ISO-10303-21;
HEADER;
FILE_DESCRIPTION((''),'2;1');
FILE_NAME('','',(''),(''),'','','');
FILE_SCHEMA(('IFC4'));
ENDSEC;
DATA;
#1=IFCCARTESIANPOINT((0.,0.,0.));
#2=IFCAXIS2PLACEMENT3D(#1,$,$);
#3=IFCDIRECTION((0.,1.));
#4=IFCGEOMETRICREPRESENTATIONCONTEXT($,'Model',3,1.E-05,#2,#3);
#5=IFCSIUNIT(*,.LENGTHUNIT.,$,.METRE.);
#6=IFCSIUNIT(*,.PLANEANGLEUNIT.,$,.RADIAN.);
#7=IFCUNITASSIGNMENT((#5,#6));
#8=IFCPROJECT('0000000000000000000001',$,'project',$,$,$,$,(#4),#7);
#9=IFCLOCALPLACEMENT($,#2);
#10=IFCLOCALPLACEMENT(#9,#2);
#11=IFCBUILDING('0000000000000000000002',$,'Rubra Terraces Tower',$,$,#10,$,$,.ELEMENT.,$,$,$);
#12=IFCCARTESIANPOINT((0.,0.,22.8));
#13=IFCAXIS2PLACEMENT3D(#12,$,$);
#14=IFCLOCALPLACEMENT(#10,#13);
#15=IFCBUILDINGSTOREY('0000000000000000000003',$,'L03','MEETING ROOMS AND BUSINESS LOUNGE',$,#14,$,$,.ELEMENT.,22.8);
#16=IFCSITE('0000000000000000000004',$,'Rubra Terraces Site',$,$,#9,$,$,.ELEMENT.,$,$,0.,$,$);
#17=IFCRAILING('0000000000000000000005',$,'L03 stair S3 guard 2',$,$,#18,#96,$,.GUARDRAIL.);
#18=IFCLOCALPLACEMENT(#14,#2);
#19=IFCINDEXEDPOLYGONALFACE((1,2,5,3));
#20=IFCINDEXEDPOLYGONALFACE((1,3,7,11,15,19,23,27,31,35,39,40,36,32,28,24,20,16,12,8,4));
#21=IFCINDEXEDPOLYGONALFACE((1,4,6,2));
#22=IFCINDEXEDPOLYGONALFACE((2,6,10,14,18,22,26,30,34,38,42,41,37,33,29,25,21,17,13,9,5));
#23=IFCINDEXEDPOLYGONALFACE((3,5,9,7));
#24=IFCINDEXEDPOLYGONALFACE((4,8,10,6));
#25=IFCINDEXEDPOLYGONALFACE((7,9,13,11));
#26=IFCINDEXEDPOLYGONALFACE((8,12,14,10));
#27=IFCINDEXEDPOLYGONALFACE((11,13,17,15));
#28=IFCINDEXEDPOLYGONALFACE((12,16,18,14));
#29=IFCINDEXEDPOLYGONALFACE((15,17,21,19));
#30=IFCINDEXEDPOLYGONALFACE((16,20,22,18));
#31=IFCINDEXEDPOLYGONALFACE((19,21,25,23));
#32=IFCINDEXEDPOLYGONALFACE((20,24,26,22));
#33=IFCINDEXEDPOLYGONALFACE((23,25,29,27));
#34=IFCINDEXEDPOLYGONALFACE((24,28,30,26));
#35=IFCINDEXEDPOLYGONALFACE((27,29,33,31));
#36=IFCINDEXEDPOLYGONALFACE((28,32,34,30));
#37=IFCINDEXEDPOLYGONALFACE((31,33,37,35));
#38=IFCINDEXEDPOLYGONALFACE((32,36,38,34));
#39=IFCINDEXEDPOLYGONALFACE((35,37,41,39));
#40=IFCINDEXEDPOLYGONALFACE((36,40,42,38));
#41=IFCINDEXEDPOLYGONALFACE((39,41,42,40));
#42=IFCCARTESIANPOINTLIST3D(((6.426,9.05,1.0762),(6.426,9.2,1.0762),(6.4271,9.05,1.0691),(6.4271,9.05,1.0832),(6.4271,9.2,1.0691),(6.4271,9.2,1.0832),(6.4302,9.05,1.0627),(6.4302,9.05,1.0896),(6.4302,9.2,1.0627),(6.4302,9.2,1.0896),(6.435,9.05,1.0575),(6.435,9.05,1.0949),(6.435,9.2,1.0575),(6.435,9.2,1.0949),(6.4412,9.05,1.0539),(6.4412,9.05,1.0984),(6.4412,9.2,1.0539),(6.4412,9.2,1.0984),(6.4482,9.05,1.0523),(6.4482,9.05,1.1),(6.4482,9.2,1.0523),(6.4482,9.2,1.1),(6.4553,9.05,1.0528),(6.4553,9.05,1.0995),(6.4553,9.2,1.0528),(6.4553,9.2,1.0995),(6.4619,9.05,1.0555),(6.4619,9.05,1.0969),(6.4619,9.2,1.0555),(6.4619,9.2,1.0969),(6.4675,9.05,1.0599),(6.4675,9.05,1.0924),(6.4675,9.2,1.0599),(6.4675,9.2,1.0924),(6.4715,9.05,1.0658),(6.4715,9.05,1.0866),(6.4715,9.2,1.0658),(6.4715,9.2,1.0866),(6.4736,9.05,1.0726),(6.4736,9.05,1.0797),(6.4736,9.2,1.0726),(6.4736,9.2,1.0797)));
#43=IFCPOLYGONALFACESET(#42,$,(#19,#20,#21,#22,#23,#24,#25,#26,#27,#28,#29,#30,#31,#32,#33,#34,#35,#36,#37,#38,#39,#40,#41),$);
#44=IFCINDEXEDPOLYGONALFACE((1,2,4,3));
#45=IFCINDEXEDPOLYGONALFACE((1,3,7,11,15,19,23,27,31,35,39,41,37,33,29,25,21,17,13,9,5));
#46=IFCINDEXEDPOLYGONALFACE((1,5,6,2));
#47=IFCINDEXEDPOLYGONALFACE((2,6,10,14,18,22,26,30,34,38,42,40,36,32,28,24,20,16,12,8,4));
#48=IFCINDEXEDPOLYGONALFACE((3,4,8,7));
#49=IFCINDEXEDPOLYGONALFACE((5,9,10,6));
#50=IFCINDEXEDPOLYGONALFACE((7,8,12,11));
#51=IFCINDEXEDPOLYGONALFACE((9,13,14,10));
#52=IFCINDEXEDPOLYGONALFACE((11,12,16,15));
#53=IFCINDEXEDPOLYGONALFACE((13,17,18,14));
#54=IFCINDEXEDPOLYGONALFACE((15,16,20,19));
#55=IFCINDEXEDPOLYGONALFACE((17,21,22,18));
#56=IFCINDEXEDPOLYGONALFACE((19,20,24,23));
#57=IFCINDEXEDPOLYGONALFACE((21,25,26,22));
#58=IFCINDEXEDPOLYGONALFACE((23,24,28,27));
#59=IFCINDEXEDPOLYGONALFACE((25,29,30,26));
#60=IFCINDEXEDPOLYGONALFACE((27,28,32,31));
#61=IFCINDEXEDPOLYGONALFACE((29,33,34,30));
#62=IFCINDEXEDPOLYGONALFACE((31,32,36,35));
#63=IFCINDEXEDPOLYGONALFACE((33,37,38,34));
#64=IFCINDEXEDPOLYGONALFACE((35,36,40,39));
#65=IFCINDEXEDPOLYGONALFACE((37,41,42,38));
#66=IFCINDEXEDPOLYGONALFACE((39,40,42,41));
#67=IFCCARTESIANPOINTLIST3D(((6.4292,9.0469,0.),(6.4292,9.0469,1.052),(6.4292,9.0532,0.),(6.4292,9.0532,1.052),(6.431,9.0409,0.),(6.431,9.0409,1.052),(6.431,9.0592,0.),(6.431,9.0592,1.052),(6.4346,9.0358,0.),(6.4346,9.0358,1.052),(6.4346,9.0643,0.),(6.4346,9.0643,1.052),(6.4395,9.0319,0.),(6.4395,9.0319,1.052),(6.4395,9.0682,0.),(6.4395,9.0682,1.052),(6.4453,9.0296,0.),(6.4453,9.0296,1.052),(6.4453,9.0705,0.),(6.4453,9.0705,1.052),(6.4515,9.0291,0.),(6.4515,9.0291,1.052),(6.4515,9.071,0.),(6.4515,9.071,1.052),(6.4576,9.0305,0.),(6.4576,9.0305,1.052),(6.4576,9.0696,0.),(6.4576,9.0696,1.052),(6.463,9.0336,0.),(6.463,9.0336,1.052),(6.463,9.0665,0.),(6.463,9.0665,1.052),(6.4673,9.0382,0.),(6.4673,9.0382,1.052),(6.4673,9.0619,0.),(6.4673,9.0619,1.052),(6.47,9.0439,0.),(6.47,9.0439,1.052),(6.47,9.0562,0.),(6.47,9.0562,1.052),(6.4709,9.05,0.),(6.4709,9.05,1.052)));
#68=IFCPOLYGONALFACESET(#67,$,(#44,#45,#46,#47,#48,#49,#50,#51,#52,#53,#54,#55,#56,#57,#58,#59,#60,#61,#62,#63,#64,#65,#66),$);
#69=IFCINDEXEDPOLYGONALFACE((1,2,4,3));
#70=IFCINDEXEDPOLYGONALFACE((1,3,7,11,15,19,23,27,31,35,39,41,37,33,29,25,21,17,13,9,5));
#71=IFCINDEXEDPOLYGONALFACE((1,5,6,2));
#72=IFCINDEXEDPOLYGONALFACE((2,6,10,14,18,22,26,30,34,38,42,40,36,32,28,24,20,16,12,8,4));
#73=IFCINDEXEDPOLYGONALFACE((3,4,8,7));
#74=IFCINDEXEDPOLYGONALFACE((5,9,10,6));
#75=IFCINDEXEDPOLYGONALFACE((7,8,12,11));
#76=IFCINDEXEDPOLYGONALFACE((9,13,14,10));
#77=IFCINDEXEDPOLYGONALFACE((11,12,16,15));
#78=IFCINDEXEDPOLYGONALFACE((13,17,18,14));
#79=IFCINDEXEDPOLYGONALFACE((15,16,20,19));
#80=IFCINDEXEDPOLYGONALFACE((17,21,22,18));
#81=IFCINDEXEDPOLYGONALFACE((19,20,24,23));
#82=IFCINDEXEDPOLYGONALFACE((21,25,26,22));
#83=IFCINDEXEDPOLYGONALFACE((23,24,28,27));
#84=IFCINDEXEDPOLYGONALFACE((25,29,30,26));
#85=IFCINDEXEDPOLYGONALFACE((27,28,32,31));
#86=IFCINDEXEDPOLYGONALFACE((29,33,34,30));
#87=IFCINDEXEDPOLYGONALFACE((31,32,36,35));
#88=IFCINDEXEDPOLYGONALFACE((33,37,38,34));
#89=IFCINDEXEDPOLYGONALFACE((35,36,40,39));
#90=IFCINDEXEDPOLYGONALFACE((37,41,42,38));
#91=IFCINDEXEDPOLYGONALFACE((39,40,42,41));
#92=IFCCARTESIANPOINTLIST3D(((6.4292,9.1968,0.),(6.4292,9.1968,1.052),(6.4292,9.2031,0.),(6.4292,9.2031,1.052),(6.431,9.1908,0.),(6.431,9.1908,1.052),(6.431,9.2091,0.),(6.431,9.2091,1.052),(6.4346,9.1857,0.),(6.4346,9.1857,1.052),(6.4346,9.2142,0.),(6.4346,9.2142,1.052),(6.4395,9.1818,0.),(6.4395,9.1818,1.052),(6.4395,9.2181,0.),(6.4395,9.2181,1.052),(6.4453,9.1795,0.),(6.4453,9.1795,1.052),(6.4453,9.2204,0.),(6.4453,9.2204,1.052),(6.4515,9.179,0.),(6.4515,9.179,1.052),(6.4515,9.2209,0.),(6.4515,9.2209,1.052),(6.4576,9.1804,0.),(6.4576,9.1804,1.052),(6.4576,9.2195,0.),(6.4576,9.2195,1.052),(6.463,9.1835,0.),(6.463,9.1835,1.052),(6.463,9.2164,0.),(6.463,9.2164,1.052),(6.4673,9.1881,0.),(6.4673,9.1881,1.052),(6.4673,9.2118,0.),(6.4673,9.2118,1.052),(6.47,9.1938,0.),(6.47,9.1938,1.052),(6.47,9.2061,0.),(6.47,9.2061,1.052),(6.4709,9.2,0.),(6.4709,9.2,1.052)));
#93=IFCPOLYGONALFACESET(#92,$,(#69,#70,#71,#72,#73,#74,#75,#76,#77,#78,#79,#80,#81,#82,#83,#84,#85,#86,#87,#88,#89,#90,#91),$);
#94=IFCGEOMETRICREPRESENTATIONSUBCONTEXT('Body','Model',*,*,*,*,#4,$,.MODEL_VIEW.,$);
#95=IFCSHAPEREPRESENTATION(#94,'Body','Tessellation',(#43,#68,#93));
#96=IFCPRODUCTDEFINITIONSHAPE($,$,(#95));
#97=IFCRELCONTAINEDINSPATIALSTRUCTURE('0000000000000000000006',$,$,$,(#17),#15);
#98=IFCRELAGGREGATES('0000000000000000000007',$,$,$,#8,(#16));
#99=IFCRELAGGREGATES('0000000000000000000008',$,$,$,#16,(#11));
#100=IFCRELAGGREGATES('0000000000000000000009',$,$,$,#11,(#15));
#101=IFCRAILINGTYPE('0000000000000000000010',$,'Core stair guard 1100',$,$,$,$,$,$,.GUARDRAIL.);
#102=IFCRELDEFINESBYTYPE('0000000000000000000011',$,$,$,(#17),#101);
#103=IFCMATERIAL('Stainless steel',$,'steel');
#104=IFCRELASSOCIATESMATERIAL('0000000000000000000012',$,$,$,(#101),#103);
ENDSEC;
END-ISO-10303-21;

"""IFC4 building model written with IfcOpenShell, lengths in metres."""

from ifc_helpers import new_model, si_unit, direction, frame, origin, origin_2d, place, context, subcontext, project, spatial, circle, extrude, material, type_object, element, save


model = new_model("IFC4")

# Units and contexts
model_context = context("Model", 3, precision=1e-05, world=origin(), true_north=direction((0.0, 1.0)))
body_context = subcontext(model_context, "Body", "Model", "MODEL_VIEW")
ifc_project = project(units=[si_unit("LENGTHUNIT", "METRE"), si_unit("PLANEANGLEUNIT", "RADIAN")], contexts=[model_context])

# Site, building, storey
site_placement = place(None, origin())
site = spatial("IfcSite", under=ifc_project, at=site_placement, Name="Rubra Terraces Site", CompositionType="ELEMENT", RefElevation=0.0)
building_placement = place(site_placement, origin())
building = spatial("IfcBuilding", under=site, at=building_placement, Name="Rubra Terraces Tower", CompositionType="ELEMENT")
storey_placement = place(building_placement, frame((0.0, 0.0, 22.8)))
storey = spatial("IfcBuildingStorey", under=building, at=storey_placement, Name="L03", Description="MEETING ROOMS AND BUSINESS LOUNGE", CompositionType="ELEMENT", Elevation=22.8)

# Shared definitions
ifc_material_1 = material(Name="Stainless steel", Category="steel")

# Railing
railing_type_1 = type_object("IfcRailingType", Name="Core stair guard 1100", PredefinedType="GUARDRAIL", material=ifc_material_1)
railing_1_placement = place(storey_placement, frame((6.45, 9.05, 0.0)))
element("IfcRailing", 1, at=railing_1_placement, inside=storey, type_object=railing_type_1, Name="L03 stair S3 guard 2", PredefinedType="GUARDRAIL", context=body_context, shape_type="SweptSolid", body=[
    extrude(circle(Radius=0.0239, at=origin_2d()), frame((0.0, 0.0, 1.0762), z_axis=(0.0, 1.0, 0.0), x_axis=(-1.0, 0.0, 0.0)), (0.0, 0.0, 1.0), 0.1499),
    extrude(circle(Radius=0.021, at=origin_2d()), origin(), (0.0, 0.0, 1.0), 1.052),
    extrude(circle(Radius=0.021, at=origin_2d()), frame((0.0, 0.1499, 0.0)), (0.0, 0.0, 1.0), 1.052),
])

save(model, "model.ifc")
